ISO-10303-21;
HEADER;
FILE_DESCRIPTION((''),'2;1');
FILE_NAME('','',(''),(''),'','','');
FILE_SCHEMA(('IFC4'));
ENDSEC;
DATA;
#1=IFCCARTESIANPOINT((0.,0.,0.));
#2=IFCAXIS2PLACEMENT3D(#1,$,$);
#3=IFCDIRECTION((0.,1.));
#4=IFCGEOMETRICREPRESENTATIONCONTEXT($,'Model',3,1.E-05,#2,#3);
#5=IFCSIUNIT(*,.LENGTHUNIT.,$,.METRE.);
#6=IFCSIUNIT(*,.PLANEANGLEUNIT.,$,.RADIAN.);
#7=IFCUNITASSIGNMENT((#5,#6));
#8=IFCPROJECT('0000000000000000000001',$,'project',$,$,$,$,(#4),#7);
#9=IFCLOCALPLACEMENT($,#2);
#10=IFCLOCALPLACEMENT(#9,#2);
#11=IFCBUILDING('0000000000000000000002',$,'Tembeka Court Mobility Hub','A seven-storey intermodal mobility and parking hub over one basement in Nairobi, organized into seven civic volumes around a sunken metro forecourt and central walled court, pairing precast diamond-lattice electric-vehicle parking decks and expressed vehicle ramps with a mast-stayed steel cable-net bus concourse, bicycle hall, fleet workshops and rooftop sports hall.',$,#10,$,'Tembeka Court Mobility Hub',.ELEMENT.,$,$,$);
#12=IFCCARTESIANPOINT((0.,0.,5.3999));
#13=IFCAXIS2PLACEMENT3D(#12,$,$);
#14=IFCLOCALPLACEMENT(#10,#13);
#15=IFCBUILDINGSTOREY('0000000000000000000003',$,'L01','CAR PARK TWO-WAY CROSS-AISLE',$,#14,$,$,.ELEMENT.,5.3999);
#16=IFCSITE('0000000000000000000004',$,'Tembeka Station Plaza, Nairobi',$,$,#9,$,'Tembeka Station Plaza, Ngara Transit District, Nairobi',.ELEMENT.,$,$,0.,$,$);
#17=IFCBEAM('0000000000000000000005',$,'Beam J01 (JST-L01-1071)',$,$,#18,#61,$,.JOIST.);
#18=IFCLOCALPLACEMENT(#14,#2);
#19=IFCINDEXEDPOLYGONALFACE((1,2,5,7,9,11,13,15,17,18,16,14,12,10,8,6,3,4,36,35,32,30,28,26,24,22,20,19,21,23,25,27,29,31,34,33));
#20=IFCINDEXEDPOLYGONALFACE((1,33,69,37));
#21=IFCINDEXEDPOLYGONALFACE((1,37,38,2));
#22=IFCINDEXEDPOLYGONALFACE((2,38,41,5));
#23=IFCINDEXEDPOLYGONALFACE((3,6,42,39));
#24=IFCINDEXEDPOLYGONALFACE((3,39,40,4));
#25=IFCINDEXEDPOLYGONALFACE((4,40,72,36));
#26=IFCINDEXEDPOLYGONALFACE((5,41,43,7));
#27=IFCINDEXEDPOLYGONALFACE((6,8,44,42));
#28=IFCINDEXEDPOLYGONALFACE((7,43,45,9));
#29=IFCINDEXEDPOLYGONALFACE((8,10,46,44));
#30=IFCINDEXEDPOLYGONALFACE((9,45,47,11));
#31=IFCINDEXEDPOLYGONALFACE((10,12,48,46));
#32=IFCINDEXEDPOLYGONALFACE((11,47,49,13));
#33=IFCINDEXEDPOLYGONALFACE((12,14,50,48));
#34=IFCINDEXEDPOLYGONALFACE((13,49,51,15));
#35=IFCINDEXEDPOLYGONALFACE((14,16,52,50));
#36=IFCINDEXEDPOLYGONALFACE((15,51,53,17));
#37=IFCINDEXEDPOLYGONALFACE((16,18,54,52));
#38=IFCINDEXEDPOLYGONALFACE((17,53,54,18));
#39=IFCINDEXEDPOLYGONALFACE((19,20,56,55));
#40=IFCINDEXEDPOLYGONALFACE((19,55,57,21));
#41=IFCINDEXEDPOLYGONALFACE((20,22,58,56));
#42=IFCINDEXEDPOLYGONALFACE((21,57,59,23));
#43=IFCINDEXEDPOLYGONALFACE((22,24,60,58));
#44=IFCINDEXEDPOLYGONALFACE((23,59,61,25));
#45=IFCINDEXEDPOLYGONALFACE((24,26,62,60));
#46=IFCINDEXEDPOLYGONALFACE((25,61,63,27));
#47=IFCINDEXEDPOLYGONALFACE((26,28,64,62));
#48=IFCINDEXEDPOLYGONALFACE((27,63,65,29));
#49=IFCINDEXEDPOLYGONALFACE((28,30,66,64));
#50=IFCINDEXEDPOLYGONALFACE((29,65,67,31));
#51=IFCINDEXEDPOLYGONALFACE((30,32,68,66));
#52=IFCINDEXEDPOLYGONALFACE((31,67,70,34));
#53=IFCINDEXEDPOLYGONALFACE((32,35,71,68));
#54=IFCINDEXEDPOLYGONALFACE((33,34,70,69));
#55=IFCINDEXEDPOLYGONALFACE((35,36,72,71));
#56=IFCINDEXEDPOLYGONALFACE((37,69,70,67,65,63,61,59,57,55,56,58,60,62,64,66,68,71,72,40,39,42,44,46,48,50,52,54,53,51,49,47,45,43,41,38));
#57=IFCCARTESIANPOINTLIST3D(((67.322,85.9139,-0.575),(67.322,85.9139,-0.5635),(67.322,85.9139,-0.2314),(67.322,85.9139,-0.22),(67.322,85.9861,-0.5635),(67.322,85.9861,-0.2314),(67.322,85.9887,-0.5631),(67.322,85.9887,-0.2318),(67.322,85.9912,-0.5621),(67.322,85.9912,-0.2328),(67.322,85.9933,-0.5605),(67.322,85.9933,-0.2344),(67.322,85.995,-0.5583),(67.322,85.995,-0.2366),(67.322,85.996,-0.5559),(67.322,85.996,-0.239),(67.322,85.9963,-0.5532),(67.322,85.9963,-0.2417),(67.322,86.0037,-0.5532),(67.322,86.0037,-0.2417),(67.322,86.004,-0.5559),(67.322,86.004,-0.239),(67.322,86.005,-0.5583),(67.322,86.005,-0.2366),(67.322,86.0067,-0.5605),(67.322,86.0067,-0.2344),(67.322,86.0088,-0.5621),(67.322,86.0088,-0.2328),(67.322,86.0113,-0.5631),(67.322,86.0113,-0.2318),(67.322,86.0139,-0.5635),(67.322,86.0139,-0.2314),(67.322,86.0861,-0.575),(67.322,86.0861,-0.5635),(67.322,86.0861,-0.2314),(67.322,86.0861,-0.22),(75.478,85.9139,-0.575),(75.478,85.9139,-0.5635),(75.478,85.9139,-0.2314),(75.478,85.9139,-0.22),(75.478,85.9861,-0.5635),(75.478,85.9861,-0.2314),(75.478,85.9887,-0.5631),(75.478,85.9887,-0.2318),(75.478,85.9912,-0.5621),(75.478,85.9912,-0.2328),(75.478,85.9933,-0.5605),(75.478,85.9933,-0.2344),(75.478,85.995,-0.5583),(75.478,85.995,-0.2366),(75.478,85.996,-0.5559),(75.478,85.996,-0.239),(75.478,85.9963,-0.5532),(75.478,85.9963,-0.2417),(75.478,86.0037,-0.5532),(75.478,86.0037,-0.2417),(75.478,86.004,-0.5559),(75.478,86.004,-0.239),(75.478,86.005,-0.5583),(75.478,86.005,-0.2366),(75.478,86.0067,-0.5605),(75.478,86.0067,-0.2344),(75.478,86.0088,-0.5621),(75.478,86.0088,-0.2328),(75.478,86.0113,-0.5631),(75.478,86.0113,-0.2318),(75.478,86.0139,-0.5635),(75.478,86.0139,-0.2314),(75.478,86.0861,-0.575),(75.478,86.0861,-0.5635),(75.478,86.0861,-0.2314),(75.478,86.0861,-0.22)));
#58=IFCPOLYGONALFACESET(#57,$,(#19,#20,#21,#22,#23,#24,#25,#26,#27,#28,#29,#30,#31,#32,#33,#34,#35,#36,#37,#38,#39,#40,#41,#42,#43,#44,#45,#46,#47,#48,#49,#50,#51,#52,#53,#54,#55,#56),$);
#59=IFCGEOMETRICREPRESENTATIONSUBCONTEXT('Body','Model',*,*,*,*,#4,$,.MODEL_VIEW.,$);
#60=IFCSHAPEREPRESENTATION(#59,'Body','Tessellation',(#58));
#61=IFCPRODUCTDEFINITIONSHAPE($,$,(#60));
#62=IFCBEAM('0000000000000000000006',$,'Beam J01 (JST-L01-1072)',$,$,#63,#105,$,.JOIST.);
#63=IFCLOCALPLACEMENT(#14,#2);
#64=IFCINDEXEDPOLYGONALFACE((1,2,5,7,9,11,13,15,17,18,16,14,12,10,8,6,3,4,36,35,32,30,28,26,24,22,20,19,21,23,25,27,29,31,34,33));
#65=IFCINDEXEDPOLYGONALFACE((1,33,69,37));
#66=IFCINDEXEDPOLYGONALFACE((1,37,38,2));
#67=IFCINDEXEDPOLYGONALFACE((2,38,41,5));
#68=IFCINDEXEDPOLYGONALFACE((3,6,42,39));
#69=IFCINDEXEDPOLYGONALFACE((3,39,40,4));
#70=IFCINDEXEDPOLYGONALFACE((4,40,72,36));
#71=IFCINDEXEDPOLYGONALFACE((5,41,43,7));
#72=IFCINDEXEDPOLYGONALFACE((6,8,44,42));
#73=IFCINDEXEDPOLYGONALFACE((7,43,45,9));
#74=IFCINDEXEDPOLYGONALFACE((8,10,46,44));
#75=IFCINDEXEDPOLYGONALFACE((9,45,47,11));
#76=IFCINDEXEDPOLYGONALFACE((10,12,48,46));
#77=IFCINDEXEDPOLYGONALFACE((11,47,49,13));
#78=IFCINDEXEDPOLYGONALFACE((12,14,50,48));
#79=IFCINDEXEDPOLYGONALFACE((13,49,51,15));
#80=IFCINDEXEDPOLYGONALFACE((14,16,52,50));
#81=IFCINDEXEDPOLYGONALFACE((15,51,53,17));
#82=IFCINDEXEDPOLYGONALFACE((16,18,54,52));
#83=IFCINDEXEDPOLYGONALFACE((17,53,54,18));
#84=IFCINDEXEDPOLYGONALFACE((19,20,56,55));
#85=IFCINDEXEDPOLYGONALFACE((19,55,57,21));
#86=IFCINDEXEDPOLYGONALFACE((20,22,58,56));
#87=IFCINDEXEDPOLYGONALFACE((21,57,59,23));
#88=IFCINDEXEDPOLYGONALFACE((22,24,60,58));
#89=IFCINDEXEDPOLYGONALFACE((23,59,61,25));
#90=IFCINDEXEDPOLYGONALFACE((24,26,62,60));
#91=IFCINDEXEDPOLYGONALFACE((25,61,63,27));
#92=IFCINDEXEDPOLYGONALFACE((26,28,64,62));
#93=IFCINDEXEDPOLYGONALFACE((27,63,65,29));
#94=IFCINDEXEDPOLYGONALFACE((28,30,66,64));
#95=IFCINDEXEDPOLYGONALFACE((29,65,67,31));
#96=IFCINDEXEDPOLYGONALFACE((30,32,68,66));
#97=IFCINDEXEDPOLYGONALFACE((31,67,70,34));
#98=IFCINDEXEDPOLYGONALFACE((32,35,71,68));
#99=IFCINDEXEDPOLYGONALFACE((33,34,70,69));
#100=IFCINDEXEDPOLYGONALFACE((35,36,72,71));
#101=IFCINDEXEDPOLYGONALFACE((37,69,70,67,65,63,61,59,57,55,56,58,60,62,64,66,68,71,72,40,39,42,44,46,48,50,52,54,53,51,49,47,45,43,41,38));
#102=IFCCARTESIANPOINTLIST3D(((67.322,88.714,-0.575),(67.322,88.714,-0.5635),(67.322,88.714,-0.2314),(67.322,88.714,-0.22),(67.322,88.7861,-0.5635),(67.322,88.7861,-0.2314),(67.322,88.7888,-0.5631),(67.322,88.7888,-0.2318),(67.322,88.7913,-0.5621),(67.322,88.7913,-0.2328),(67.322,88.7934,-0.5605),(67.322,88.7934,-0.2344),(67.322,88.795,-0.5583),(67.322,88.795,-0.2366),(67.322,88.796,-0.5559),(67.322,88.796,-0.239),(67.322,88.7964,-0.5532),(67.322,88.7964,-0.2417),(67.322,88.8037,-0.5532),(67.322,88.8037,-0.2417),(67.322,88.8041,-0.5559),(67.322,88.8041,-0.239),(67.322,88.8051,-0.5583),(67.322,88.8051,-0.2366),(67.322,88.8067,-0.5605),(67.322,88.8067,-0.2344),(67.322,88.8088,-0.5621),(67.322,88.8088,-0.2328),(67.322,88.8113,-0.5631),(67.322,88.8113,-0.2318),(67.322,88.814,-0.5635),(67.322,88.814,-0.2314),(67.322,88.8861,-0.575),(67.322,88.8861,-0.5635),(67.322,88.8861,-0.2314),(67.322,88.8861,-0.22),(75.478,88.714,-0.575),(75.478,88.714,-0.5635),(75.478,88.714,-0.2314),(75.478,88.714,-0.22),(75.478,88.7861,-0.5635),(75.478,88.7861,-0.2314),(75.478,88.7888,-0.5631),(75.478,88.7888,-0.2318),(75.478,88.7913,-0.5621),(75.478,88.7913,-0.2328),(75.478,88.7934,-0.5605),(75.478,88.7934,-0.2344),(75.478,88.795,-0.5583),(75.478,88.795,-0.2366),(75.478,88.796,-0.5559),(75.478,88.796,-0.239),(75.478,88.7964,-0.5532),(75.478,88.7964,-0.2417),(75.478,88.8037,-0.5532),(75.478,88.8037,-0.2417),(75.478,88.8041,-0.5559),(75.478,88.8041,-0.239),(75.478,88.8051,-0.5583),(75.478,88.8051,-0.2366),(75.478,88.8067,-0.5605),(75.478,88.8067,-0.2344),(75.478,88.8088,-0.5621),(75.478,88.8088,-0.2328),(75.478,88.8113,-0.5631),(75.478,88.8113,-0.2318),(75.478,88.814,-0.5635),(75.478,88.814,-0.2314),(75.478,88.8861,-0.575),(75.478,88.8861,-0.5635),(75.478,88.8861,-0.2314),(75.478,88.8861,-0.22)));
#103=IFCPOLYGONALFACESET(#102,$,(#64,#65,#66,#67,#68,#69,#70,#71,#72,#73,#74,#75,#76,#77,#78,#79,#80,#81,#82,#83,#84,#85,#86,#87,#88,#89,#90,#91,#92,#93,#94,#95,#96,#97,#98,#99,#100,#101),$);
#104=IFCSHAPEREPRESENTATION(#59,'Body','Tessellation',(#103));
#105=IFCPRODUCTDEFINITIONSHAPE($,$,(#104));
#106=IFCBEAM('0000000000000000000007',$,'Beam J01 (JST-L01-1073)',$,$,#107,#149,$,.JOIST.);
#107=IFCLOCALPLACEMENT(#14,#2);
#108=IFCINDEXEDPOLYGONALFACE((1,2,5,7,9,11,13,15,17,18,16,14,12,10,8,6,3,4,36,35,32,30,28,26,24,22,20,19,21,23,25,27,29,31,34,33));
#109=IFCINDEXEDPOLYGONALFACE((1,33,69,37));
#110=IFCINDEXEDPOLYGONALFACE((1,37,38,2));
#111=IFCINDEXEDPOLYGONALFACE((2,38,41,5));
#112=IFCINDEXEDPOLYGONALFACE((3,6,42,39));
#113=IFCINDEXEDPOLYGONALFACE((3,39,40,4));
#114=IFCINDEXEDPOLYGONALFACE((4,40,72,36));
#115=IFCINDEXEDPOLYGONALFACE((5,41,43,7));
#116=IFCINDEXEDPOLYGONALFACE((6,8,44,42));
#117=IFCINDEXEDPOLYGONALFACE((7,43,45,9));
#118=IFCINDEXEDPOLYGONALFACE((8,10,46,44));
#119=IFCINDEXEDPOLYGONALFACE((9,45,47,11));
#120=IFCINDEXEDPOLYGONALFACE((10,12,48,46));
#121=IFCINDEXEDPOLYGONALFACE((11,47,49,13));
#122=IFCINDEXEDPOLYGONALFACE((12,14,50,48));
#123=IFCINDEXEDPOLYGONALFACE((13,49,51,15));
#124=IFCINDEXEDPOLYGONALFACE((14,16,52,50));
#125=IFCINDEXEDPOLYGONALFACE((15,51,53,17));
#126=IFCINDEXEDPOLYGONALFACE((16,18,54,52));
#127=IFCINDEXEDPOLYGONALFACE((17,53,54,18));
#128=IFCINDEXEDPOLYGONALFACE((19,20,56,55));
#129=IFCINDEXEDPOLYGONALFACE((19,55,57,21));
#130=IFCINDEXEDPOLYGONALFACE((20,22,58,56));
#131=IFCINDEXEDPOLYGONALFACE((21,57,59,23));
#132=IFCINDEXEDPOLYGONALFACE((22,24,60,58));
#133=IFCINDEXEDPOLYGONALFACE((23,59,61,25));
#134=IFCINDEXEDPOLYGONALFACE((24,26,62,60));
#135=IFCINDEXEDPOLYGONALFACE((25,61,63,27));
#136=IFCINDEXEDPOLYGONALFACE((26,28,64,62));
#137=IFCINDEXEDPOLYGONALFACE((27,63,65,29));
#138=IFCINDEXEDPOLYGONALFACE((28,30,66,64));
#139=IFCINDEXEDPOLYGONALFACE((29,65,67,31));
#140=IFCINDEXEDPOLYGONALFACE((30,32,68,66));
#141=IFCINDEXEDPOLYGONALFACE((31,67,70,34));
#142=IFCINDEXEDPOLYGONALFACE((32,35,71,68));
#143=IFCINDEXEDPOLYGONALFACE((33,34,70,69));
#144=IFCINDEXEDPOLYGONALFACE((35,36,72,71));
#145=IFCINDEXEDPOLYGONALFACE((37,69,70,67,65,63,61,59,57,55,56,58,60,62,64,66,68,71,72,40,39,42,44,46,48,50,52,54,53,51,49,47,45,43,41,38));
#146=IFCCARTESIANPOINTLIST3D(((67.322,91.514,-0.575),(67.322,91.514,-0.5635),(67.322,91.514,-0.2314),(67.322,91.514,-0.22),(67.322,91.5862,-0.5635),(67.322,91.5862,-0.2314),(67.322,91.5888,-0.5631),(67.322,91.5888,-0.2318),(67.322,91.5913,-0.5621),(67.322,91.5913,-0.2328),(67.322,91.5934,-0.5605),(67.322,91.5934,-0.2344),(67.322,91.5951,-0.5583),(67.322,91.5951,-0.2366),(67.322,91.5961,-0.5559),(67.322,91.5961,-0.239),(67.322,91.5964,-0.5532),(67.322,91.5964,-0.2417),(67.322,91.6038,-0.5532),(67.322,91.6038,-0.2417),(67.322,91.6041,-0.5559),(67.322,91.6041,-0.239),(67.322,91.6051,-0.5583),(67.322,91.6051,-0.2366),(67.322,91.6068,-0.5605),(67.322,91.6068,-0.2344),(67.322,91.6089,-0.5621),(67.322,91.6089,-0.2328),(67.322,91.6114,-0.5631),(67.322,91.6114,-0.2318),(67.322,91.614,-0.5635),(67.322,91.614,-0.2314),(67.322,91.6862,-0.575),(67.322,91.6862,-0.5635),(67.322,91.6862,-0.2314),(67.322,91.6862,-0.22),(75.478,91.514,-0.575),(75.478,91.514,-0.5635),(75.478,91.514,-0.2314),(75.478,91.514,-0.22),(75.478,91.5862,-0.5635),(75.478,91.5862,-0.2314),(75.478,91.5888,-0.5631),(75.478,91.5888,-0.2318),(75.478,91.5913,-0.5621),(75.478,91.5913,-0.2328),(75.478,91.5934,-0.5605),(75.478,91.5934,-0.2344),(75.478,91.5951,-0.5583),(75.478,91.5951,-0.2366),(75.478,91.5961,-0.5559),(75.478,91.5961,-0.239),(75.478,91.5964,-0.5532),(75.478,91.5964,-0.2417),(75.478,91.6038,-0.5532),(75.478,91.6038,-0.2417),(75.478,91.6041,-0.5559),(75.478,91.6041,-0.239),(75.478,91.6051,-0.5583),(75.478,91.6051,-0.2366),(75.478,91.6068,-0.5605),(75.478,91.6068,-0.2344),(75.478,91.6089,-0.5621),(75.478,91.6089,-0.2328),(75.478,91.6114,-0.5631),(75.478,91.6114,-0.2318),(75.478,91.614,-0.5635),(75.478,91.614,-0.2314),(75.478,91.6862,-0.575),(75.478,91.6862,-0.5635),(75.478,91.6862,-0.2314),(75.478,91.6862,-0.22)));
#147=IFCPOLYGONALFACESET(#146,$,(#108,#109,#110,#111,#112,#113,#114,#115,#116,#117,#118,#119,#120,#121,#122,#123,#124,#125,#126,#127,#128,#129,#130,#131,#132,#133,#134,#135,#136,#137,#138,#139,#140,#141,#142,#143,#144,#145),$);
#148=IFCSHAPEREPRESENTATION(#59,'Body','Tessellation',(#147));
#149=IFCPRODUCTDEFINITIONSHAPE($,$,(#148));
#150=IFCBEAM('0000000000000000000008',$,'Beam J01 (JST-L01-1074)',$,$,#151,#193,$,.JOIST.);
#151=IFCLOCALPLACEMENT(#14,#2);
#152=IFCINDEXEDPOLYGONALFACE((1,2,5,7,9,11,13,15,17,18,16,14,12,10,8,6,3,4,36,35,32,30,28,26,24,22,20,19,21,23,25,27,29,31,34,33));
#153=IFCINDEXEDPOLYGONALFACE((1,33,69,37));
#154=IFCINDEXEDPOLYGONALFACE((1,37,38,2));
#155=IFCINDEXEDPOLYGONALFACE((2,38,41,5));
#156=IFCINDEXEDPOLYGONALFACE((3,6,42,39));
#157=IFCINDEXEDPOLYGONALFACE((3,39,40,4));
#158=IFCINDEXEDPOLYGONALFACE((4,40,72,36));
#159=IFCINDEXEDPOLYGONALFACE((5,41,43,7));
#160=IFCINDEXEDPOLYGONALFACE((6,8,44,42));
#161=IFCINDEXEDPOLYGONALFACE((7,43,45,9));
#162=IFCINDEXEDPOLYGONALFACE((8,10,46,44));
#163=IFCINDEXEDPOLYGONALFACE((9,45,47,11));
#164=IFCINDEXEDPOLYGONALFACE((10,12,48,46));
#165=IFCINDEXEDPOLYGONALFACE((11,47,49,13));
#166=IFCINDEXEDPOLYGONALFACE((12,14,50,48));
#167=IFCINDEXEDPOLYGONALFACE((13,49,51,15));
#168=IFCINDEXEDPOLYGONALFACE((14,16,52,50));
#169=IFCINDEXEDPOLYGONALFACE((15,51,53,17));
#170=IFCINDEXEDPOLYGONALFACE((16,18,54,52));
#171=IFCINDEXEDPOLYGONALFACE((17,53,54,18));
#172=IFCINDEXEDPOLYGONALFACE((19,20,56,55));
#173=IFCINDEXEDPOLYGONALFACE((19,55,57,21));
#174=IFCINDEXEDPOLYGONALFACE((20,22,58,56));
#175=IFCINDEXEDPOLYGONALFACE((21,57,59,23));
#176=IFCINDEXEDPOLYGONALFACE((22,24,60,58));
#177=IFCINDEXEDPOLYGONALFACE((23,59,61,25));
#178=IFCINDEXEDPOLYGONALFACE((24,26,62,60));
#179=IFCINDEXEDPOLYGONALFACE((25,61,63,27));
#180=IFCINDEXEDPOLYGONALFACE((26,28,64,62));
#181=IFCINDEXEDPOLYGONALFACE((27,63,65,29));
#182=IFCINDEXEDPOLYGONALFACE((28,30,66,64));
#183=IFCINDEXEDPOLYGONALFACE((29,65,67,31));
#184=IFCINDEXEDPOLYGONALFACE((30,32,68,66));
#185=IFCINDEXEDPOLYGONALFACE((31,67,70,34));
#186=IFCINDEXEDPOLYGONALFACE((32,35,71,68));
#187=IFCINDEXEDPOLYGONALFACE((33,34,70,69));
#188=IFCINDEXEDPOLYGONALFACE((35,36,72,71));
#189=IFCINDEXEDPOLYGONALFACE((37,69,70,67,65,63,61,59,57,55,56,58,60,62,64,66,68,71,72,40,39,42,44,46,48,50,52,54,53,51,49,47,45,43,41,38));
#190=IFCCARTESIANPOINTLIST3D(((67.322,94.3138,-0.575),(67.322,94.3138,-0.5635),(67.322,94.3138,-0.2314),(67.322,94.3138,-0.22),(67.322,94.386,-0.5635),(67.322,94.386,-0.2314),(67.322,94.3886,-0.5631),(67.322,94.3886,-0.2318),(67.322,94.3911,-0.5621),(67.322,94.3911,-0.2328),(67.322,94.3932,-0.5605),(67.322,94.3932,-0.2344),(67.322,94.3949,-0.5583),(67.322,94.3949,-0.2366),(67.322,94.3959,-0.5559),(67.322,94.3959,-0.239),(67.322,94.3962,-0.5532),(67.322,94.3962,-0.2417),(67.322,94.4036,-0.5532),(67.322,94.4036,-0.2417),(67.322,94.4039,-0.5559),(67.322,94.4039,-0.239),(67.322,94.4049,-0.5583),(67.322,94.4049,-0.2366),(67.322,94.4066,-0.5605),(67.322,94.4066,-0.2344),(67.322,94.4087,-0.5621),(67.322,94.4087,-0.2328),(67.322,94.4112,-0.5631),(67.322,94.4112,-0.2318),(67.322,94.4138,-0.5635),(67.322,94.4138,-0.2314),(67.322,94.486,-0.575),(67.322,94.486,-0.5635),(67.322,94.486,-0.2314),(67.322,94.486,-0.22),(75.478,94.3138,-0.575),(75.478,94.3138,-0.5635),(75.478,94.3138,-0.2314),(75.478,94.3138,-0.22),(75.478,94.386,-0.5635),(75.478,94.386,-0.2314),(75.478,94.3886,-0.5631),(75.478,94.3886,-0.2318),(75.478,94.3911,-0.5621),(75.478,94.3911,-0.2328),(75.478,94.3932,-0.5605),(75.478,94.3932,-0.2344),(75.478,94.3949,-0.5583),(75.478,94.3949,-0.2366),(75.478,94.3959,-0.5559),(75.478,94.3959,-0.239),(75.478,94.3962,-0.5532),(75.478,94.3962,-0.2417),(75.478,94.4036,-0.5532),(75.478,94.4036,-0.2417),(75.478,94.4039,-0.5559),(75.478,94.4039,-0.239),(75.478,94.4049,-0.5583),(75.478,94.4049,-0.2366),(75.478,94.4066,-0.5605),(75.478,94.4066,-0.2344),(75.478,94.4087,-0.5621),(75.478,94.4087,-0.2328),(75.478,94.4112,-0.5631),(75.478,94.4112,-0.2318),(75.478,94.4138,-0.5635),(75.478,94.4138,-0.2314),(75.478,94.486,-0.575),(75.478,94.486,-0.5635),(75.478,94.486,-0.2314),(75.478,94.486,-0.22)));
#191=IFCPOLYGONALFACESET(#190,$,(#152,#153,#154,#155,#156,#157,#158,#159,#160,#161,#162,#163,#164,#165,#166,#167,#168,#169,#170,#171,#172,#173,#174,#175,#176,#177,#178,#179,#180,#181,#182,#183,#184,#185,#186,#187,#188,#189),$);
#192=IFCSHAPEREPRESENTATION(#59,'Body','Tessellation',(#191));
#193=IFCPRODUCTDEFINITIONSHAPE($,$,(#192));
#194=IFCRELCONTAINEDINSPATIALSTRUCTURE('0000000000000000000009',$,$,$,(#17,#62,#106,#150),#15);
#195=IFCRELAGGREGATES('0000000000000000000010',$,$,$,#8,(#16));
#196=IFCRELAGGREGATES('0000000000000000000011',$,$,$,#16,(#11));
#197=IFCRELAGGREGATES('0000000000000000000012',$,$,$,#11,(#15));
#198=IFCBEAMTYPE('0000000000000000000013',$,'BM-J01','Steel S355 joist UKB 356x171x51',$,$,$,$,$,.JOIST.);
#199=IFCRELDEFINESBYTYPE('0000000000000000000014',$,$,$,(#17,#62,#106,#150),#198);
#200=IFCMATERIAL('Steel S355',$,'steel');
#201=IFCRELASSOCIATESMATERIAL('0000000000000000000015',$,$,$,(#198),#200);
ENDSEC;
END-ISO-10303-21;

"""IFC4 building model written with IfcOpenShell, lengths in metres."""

from ifc_helpers import new_model, si_unit, direction, frame, origin, origin_2d, place, context, subcontext, project, spatial, i_section, extrude, material, material_profile, profile_set, type_object, element, save


model = new_model("IFC4")

# Units and contexts
model_context = context("Model", 3, precision=1e-05, world=origin(), true_north=direction((0.0, 1.0)))
body_context = subcontext(model_context, "Body", "Model", "MODEL_VIEW")
ifc_project = project(units=[si_unit("LENGTHUNIT", "METRE"), si_unit("PLANEANGLEUNIT", "RADIAN")], contexts=[model_context])

# Site, building, storey
site_placement = place(None, origin())
site = spatial("IfcSite", under=ifc_project, at=site_placement, Name="Tembeka Station Plaza, Nairobi", LongName="Tembeka Station Plaza, Ngara Transit District, Nairobi", CompositionType="ELEMENT", RefElevation=0.0)
building_placement = place(site_placement, origin())
building = spatial("IfcBuilding", under=site, at=building_placement, Name="Tembeka Court Mobility Hub", Description="A seven-storey intermodal mobility and parking hub over one basement in Nairobi, organized into seven civic volumes around a sunken metro forecourt and central walled court, pairing precast diamond-lattice electric-vehicle parking decks and expressed vehicle ramps with a mast-stayed steel cable-net bus concourse, bicycle hall, fleet workshops and rooftop sports hall.", LongName="Tembeka Court Mobility Hub", CompositionType="ELEMENT")
storey_placement = place(building_placement, frame((0.0, 0.0, 5.3999)))
storey = spatial("IfcBuildingStorey", under=building, at=storey_placement, Name="L01", Description="CAR PARK TWO-WAY CROSS-AISLE", CompositionType="ELEMENT", Elevation=5.3999)

# Shared definitions
ifc_material = material(Name="Steel S355", Category="steel")

# Beams
ifc_material_profile_1 = material_profile(ifc_material, i_section(OverallWidth=0.1721, OverallDepth=0.355, WebThickness=0.0073, FlangeThickness=0.0115, FilletRadius=0.0103, at=origin_2d()), Name="UKB 356x171x51")
ifc_profile_set_1 = profile_set([ifc_material_profile_1], Name="Steel S355")
beam_type_1 = type_object("IfcBeamType", Name="BM-J01", Description="Steel S355 joist UKB 356x171x51", PredefinedType="JOIST", material=ifc_profile_set_1)
for number, where, z_axis, x_axis, name in (
    (1, (67.322, 86.0, -0.3975), (1.0, 0.0, 0.0), (0.0, 1.0, 0.0), "Beam J01 (JST-L01-1071)"),
    (2, (67.322, 88.8, -0.3975), (1.0, 0.0, 0.0), (0.0, 1.0, 0.0), "Beam J01 (JST-L01-1072)"),
    (3, (67.322, 91.6001, -0.3975), (1.0, 0.0, 0.0), (0.0, 1.0, 0.0), "Beam J01 (JST-L01-1073)"),
    (4, (67.322, 94.3999, -0.3975), (1.0, 0.0, 0.0), (0.0, 1.0, 0.0), "Beam J01 (JST-L01-1074)"),
):
    element("IfcBeam", number, at=place(storey_placement, frame(where, z_axis=z_axis, x_axis=x_axis)), inside=storey, type_object=beam_type_1, Name=name, PredefinedType="JOIST", context=body_context, shape_type="SweptSolid", body=[
        extrude(i_section(OverallWidth=0.1721, OverallDepth=0.355, WebThickness=0.0073, FlangeThickness=0.0115, FilletRadius=0.0103, at=origin_2d()), origin(), (0.0, 0.0, 1.0), 8.156),
    ])

save(model, "model.ifc")
